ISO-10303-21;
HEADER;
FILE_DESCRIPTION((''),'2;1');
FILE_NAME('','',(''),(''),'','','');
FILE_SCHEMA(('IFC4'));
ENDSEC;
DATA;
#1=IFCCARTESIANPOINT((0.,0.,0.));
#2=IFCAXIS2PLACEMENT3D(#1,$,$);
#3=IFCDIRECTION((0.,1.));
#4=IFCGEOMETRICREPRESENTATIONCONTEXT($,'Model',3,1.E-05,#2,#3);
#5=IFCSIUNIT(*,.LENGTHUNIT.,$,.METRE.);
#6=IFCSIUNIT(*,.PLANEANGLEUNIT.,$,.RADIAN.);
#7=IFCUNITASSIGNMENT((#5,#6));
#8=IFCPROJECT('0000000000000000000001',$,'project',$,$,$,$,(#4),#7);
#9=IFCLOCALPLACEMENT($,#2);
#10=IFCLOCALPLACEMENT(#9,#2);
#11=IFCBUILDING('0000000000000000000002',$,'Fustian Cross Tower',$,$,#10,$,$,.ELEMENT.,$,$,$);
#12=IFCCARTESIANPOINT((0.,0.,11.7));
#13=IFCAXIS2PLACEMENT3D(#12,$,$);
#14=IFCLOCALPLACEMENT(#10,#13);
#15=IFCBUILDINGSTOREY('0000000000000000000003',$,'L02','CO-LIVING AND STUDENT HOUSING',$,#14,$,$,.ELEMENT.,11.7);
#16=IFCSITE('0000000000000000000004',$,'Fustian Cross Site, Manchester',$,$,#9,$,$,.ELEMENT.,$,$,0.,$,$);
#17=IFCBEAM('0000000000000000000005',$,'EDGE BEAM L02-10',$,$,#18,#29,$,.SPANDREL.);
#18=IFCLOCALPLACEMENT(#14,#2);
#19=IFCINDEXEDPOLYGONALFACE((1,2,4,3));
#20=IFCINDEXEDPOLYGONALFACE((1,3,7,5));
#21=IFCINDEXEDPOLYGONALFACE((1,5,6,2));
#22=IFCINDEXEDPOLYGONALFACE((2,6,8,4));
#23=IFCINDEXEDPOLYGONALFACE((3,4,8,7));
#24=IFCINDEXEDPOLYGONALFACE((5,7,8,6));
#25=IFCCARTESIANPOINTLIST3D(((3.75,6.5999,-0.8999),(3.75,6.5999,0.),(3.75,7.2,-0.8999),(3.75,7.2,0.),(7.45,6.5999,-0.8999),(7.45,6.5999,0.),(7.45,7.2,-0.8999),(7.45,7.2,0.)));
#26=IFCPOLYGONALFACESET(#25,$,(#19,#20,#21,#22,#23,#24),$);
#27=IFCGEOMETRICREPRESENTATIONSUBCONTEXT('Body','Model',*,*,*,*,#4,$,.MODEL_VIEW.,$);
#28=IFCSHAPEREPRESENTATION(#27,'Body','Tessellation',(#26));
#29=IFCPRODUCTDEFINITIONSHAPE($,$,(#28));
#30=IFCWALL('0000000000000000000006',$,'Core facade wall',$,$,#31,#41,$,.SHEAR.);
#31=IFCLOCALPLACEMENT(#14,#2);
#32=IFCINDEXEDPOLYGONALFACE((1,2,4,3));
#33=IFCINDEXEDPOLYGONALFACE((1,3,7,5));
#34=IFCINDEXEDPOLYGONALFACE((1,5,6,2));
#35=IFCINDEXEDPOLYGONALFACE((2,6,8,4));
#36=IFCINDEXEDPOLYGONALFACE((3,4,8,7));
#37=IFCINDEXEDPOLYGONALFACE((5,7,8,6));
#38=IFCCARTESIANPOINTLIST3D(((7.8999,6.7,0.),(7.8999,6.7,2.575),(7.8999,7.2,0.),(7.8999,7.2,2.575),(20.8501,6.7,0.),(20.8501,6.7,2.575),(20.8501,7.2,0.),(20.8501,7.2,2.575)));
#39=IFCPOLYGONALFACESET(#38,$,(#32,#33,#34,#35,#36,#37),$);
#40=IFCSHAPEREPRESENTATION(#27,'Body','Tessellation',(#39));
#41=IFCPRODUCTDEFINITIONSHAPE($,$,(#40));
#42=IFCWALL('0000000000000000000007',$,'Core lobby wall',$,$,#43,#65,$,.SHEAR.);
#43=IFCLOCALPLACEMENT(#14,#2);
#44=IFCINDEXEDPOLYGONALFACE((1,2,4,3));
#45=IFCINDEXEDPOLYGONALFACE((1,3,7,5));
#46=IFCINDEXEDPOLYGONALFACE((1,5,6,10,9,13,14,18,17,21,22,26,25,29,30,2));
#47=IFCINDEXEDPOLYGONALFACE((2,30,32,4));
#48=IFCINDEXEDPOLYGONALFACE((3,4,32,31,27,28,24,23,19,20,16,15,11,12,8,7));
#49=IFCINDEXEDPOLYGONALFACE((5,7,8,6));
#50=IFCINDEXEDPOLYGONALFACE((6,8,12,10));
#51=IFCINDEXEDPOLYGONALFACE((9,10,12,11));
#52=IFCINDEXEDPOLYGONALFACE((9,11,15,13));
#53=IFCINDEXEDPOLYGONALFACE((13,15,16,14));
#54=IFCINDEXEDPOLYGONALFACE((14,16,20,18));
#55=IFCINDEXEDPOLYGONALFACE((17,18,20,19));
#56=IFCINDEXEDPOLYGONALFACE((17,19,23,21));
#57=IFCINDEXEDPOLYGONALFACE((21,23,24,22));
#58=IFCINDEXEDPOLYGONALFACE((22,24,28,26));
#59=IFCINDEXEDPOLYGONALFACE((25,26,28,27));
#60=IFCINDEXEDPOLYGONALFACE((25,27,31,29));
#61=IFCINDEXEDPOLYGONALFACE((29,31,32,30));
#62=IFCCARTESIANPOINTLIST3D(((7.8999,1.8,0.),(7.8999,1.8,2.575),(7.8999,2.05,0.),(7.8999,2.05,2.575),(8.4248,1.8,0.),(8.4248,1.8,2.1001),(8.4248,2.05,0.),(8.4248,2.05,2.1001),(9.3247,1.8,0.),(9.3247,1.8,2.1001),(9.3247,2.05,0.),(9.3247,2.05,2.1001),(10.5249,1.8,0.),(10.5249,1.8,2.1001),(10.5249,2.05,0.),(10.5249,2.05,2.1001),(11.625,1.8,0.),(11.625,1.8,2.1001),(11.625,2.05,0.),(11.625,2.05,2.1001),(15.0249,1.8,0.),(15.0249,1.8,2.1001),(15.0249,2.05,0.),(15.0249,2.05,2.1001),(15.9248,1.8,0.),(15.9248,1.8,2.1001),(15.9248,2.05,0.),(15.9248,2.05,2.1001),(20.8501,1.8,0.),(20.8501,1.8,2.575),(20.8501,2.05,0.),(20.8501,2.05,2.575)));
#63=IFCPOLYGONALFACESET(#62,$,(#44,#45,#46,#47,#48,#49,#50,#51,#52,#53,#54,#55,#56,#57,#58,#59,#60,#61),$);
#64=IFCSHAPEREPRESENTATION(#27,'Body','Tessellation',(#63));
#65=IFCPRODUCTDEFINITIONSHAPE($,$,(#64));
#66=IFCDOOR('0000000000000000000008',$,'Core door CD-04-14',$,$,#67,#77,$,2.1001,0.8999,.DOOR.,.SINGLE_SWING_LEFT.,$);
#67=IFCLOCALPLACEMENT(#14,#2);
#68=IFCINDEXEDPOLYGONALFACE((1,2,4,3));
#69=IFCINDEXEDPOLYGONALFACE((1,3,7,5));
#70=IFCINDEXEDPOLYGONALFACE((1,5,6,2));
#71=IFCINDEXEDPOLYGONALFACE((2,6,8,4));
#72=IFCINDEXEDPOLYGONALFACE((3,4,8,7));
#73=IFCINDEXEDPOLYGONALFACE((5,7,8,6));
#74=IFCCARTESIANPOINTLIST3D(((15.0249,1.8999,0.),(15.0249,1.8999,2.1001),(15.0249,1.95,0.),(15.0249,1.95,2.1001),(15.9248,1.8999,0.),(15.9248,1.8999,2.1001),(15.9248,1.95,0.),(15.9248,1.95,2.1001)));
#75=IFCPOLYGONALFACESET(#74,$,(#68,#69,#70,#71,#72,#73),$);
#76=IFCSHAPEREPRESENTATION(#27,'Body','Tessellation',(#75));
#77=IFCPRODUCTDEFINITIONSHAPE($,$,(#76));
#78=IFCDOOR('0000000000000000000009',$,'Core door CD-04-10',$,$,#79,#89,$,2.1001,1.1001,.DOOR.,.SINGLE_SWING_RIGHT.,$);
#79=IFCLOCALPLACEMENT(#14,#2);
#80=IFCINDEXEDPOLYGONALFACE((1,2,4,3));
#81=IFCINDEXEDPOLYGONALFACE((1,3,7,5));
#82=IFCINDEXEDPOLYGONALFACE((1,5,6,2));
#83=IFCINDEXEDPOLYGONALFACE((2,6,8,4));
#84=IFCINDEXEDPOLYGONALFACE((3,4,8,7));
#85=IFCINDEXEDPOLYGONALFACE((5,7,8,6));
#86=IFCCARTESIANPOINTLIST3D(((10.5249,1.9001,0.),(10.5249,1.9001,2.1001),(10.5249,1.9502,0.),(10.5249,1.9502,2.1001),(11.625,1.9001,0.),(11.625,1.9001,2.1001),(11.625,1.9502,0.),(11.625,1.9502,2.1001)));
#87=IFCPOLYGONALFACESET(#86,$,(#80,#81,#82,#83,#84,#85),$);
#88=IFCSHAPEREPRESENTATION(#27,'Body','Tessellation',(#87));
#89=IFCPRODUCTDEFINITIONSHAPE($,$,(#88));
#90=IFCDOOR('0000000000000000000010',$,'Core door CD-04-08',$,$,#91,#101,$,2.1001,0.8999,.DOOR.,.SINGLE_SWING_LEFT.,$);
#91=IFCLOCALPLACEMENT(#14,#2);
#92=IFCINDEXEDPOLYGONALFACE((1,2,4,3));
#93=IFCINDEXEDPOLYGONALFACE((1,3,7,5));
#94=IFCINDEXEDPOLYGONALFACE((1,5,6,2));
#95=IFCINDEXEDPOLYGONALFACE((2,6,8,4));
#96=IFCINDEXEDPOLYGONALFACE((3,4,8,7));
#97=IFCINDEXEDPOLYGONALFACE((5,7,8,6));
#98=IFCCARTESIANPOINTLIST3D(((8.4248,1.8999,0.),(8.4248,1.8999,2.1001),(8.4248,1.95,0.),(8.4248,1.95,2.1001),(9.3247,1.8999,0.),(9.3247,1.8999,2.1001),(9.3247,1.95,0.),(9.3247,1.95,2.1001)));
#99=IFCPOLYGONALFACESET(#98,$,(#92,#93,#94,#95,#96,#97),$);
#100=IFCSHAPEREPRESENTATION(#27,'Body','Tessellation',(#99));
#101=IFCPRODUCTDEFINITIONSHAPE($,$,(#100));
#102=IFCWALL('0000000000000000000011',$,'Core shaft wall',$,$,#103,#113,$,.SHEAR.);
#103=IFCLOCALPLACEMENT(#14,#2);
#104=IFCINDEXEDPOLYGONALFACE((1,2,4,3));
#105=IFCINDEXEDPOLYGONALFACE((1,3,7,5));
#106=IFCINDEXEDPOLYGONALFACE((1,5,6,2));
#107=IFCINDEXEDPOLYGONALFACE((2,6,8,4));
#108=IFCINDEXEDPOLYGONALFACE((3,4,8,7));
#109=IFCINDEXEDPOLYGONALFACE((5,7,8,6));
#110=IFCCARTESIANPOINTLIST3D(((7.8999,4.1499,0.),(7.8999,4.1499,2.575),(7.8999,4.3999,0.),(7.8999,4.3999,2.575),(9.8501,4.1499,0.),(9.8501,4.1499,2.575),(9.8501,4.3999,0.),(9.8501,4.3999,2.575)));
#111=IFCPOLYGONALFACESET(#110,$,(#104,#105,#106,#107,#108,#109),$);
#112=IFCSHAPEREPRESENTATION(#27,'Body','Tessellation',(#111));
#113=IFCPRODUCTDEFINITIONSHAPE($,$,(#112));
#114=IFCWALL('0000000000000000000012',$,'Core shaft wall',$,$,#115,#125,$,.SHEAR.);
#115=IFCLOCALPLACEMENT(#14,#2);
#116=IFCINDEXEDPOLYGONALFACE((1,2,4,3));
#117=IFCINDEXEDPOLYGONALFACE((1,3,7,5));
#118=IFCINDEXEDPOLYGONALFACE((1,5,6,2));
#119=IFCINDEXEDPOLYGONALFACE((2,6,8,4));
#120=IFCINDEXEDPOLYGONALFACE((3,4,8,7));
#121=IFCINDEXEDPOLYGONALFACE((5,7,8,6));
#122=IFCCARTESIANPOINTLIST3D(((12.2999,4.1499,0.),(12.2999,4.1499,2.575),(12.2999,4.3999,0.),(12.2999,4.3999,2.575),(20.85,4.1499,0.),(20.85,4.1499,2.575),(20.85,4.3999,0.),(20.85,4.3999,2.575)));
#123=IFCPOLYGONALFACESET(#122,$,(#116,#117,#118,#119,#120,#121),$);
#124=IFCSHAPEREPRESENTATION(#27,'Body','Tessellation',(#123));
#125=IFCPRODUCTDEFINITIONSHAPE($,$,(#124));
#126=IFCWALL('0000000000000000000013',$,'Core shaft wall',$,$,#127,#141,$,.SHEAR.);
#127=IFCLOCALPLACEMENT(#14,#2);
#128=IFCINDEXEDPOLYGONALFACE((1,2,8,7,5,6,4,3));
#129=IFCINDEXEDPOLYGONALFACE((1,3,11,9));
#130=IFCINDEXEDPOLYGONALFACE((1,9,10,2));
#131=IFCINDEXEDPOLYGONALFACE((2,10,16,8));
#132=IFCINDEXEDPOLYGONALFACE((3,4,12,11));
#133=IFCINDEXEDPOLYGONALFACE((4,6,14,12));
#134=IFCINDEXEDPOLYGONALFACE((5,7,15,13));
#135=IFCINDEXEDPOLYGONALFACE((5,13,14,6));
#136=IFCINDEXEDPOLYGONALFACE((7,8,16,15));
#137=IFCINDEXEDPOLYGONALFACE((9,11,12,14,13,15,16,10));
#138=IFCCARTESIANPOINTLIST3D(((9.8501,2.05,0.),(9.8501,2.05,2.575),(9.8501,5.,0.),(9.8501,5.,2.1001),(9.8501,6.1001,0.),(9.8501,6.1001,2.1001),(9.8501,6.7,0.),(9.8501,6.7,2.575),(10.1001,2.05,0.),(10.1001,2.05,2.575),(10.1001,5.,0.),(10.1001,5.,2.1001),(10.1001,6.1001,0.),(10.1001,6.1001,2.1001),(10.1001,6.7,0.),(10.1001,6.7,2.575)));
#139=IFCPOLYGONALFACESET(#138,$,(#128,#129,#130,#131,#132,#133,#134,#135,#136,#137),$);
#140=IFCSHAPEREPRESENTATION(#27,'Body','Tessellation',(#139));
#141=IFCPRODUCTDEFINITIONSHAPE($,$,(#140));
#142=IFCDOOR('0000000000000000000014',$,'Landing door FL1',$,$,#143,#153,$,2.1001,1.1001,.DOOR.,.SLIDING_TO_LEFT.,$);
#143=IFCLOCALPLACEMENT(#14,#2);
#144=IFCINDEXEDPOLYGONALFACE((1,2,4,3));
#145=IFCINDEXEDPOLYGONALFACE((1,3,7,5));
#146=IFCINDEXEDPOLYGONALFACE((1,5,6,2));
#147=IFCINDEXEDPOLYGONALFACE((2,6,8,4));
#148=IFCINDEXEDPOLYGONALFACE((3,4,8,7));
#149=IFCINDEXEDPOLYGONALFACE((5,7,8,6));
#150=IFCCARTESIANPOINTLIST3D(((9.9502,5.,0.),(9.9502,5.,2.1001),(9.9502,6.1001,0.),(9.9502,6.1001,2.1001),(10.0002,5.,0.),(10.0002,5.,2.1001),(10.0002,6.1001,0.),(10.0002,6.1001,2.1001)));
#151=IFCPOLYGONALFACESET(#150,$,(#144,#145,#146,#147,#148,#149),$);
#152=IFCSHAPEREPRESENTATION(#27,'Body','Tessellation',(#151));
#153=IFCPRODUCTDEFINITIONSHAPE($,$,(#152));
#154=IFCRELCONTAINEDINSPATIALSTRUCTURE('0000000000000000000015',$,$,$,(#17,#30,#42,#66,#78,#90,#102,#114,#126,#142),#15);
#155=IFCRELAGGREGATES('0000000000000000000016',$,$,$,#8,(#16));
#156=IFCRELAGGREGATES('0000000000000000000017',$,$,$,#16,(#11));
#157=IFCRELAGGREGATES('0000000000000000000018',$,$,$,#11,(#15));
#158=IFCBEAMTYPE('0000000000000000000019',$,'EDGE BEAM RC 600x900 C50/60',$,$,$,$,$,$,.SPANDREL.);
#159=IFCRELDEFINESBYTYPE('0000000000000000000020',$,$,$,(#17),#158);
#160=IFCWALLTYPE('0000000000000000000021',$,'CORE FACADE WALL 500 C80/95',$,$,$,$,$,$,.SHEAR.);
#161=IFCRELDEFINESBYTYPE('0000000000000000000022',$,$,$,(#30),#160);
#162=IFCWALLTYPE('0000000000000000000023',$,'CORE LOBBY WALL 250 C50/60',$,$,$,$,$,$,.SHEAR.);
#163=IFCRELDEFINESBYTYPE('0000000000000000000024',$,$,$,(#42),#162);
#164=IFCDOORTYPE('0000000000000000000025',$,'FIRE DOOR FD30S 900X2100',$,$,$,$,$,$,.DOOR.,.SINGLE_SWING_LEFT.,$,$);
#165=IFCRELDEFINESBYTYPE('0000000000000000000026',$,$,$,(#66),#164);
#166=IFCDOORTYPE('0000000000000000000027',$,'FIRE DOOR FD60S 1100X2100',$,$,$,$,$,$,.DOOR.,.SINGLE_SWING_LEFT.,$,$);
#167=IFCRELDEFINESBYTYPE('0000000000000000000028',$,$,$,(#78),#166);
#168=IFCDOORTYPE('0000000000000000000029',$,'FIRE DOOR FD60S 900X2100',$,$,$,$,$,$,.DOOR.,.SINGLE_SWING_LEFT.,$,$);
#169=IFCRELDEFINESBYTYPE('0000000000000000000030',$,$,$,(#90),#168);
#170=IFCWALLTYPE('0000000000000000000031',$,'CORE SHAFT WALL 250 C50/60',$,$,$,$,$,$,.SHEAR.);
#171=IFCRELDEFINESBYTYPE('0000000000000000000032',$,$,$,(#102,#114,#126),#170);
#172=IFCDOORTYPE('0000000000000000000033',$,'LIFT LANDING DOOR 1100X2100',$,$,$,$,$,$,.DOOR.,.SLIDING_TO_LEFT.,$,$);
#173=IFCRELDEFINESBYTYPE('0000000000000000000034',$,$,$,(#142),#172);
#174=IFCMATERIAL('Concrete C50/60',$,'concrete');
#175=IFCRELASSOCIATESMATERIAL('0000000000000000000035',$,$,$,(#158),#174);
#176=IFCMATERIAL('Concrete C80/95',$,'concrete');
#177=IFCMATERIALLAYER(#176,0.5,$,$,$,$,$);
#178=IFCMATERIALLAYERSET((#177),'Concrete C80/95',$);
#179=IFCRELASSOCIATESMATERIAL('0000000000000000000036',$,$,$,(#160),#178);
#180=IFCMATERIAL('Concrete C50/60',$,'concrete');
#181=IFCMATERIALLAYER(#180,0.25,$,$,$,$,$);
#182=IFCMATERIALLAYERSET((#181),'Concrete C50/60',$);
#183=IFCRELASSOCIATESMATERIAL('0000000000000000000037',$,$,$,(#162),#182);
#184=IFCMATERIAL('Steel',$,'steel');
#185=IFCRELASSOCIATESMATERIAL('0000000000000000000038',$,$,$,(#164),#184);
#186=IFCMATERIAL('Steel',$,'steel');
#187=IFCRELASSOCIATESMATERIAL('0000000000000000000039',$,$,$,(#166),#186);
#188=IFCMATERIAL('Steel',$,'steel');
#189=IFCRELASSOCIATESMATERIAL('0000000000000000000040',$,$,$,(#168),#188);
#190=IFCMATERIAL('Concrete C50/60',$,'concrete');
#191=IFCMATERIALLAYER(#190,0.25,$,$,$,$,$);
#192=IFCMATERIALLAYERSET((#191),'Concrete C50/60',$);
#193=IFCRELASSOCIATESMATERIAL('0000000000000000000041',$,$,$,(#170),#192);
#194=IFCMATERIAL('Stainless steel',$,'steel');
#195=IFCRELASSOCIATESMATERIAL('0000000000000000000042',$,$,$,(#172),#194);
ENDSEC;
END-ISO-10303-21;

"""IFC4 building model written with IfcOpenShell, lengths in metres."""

from ifc_helpers import new_model, si_unit, direction, frame, frame_2d, origin, origin_2d, place, context, subcontext, project, spatial, rectangle, extrude, material, layer, layer_set, material_profile, profile_set, type_object, element, fill, save


model = new_model("IFC4")

# Units and contexts
model_context = context("Model", 3, precision=1e-05, world=origin(), true_north=direction((0.0, 1.0)))
body_context = subcontext(model_context, "Body", "Model", "MODEL_VIEW")
ifc_project = project(units=[si_unit("LENGTHUNIT", "METRE"), si_unit("PLANEANGLEUNIT", "RADIAN")], contexts=[model_context])

# Site, building, storey
site_placement = place(None, origin())
site = spatial("IfcSite", under=ifc_project, at=site_placement, Name="Fustian Cross Site, Manchester", CompositionType="ELEMENT", RefElevation=0.0)
building_placement = place(site_placement, origin())
building = spatial("IfcBuilding", under=site, at=building_placement, Name="Fustian Cross Tower", CompositionType="ELEMENT")
storey_placement = place(building_placement, frame((0.0, 0.0, 11.7)))
storey = spatial("IfcBuildingStorey", under=building, at=storey_placement, Name="L02", Description="CO-LIVING AND STUDENT HOUSING", CompositionType="ELEMENT", Elevation=11.7)

# Beam
ifc_material_1 = material(Name="Concrete C50/60", Category="concrete")
ifc_material_profile = material_profile(ifc_material_1, rectangle(XDim=0.6001, YDim=0.8999, at=origin_2d()), Name="RC 600x900")
ifc_profile_set = profile_set([ifc_material_profile], Name="Concrete C50/60")
beam_type = type_object("IfcBeamType", Name="EDGE BEAM RC 600x900 C50/60", PredefinedType="SPANDREL", material=ifc_profile_set)
beam_placement = place(storey_placement, frame((7.45, 6.8999, -0.45), z_axis=(-1.0, 0.0, 0.0), x_axis=(0.0, -1.0, 0.0)))
element("IfcBeam", 1, at=beam_placement, inside=storey, type_object=beam_type, Name="EDGE BEAM L02-10", PredefinedType="SPANDREL", context=body_context, shape_type="SweptSolid", body=[
    extrude(rectangle(XDim=0.6001, YDim=0.8999, at=origin_2d()), origin(), (0.0, 0.0, 1.0), 3.7),
])

# Wall
ifc_material_2 = material(Name="Concrete C80/95", Category="concrete")
ifc_layer_1 = layer(ifc_material_2, 0.5)
ifc_layer_set_1 = layer_set([ifc_layer_1], Name="Concrete C80/95")
wall_type_1 = type_object("IfcWallType", Name="CORE FACADE WALL 500 C80/95", PredefinedType="SHEAR", material=ifc_layer_set_1)
wall_1_placement = place(storey_placement, frame((7.8999, 6.95, 0.0), z_axis=(0.0, 0.0, 1.0), x_axis=(1.0, 0.0, 0.0)))
element("IfcWall", 2, at=wall_1_placement, inside=storey, type_object=wall_type_1, Name="Core facade wall", PredefinedType="SHEAR", context=body_context, shape_type="SweptSolid", body=[
    extrude(rectangle(XDim=12.9502, YDim=0.5, at=frame_2d((6.4751, 0.0))), origin(), (0.0, 0.0, 1.0), 2.575),
])

# Wall, openings, doors
ifc_material_3 = material(Name="Concrete C50/60", Category="concrete")
ifc_layer_2 = layer(ifc_material_3, 0.25)
ifc_layer_set_2 = layer_set([ifc_layer_2], Name="Concrete C50/60")
wall_type_2 = type_object("IfcWallType", Name="CORE LOBBY WALL 250 C50/60", PredefinedType="SHEAR", material=ifc_layer_set_2)
wall_2_placement = place(storey_placement, frame((7.8999, 1.925, 0.0), z_axis=(0.0, 0.0, 1.0), x_axis=(1.0, 0.0, 0.0)))
wall_2 = element("IfcWall", 3, at=wall_2_placement, inside=storey, type_object=wall_type_2, Name="Core lobby wall", PredefinedType="SHEAR", context=body_context, shape_type="SweptSolid", body=[
    extrude(rectangle(XDim=12.9502, YDim=0.25, at=frame_2d((6.4751, 0.0))), origin(), (0.0, 0.0, 1.0), 2.575),
])
opening_1_placement = place(wall_2_placement, frame((0.5249, 0.0, 0.0)))
opening_1 = element("IfcOpeningElement", 4, at=opening_1_placement, cuts=wall_2, PredefinedType="OPENING", context=body_context, shape_type="SweptSolid", body=[
    extrude(rectangle(XDim=0.8999, YDim=2.1001, at=frame_2d((0.45, 1.05))), frame((0.0, 0.135, 0.0), z_axis=(0.0, -1.0, 0.0), x_axis=(1.0, 0.0, 0.0)), (0.0, 0.0, 1.0), 0.27),
])
opening_2_placement = place(wall_2_placement, frame((2.625, 0.0, 0.0)))
opening_2 = element("IfcOpeningElement", 5, at=opening_2_placement, cuts=wall_2, PredefinedType="OPENING", context=body_context, shape_type="SweptSolid", body=[
    extrude(rectangle(XDim=1.1001, YDim=2.1001, at=frame_2d((0.55, 1.05))), frame((0.0, 0.135, 0.0), z_axis=(0.0, -1.0, 0.0), x_axis=(1.0, 0.0, 0.0)), (0.0, 0.0, 1.0), 0.27),
])
opening_3_placement = place(wall_2_placement, frame((7.125, 0.0, 0.0)))
opening_3 = element("IfcOpeningElement", 6, at=opening_3_placement, cuts=wall_2, PredefinedType="OPENING", context=body_context, shape_type="SweptSolid", body=[
    extrude(rectangle(XDim=0.8999, YDim=2.1001, at=frame_2d((0.45, 1.05))), frame((0.0, 0.135, 0.0), z_axis=(0.0, -1.0, 0.0), x_axis=(1.0, 0.0, 0.0)), (0.0, 0.0, 1.0), 0.27),
])
ifc_material_4 = material(Name="Steel", Category="steel")
door_type_1 = type_object("IfcDoorType", Name="FIRE DOOR FD30S 900X2100", OperationType="SINGLE_SWING_LEFT", PredefinedType="DOOR", material=ifc_material_4)
door_1_placement = place(opening_3_placement, origin())
door_1 = element("IfcDoor", 7, at=door_1_placement, inside=storey, type_object=door_type_1, Name="Core door CD-04-14", OperationType="SINGLE_SWING_LEFT", OverallHeight=2.1001, OverallWidth=0.8999, PredefinedType="DOOR", context=body_context, shape_type="SweptSolid", body=[
    extrude(rectangle(XDim=0.8999, YDim=2.1001, at=frame_2d((0.45, 1.05))), frame((0.0, 0.0249, 0.0), z_axis=(0.0, -1.0, 0.0), x_axis=(1.0, 0.0, 0.0)), (0.0, 0.0, 1.0), 0.05),
])
fill(opening_3, door_1)
ifc_material_5 = material(Name="Steel", Category="steel")
door_type_2 = type_object("IfcDoorType", Name="FIRE DOOR FD60S 1100X2100", OperationType="SINGLE_SWING_LEFT", PredefinedType="DOOR", material=ifc_material_5)
door_2_placement = place(opening_2_placement, frame((1.1001, 0.0, 0.0), z_axis=(0.0, 0.0, 1.0), x_axis=(-1.0, 0.0, 0.0)))
door_2 = element("IfcDoor", 8, at=door_2_placement, inside=storey, type_object=door_type_2, Name="Core door CD-04-10", OperationType="SINGLE_SWING_RIGHT", OverallHeight=2.1001, OverallWidth=1.1001, PredefinedType="DOOR", context=body_context, shape_type="SweptSolid", body=[
    extrude(rectangle(XDim=1.1001, YDim=2.1001, at=frame_2d((0.55, 1.05))), frame((0.0, 0.0249, 0.0), z_axis=(0.0, -1.0, 0.0), x_axis=(1.0, 0.0, 0.0)), (0.0, 0.0, 1.0), 0.05),
])
fill(opening_2, door_2)
ifc_material_6 = material(Name="Steel", Category="steel")
door_type_3 = type_object("IfcDoorType", Name="FIRE DOOR FD60S 900X2100", OperationType="SINGLE_SWING_LEFT", PredefinedType="DOOR", material=ifc_material_6)
door_3_placement = place(opening_1_placement, origin())
door_3 = element("IfcDoor", 9, at=door_3_placement, inside=storey, type_object=door_type_3, Name="Core door CD-04-08", OperationType="SINGLE_SWING_LEFT", OverallHeight=2.1001, OverallWidth=0.8999, PredefinedType="DOOR", context=body_context, shape_type="SweptSolid", body=[
    extrude(rectangle(XDim=0.8999, YDim=2.1001, at=frame_2d((0.45, 1.05))), frame((0.0, 0.0249, 0.0), z_axis=(0.0, -1.0, 0.0), x_axis=(1.0, 0.0, 0.0)), (0.0, 0.0, 1.0), 0.05),
])
fill(opening_1, door_3)

# Walls
ifc_material_7 = material(Name="Concrete C50/60", Category="concrete")
ifc_layer_3 = layer(ifc_material_7, 0.25)
ifc_layer_set_3 = layer_set([ifc_layer_3], Name="Concrete C50/60")
wall_type_3 = type_object("IfcWallType", Name="CORE SHAFT WALL 250 C50/60", PredefinedType="SHEAR", material=ifc_layer_set_3)
wall_3_placement = place(storey_placement, frame((7.8999, 4.2749, 0.0), z_axis=(0.0, 0.0, 1.0), x_axis=(1.0, 0.0, 0.0)))
element("IfcWall", 10, at=wall_3_placement, inside=storey, type_object=wall_type_3, Name="Core shaft wall", PredefinedType="SHEAR", context=body_context, shape_type="SweptSolid", body=[
    extrude(rectangle(XDim=1.9502, YDim=0.25, at=frame_2d((0.9751, 0.0))), origin(), (0.0, 0.0, 1.0), 2.575),
])
wall_4_placement = place(storey_placement, frame((12.3, 4.2749, 0.0), z_axis=(0.0, 0.0, 1.0), x_axis=(1.0, 0.0, 0.0)))
element("IfcWall", 11, at=wall_4_placement, inside=storey, type_object=wall_type_3, Name="Core shaft wall", PredefinedType="SHEAR", context=body_context, shape_type="SweptSolid", body=[
    extrude(rectangle(XDim=8.55, YDim=0.25, at=frame_2d((4.2749, 0.0))), origin(), (0.0, 0.0, 1.0), 2.575),
])

# Wall, opening, door
wall_5_placement = place(storey_placement, frame((9.9751, 2.05, 0.0), z_axis=(0.0, 0.0, 1.0), x_axis=(0.0, 1.0, 0.0)))
wall_5 = element("IfcWall", 12, at=wall_5_placement, inside=storey, type_object=wall_type_3, Name="Core shaft wall", PredefinedType="SHEAR", context=body_context, shape_type="SweptSolid", body=[
    extrude(rectangle(XDim=4.6499, YDim=0.25, at=frame_2d((2.325, 0.0))), origin(), (0.0, 0.0, 1.0), 2.575),
])
opening_4_placement = place(wall_5_placement, frame((2.95, 0.0, 0.0)))
opening_4 = element("IfcOpeningElement", 13, at=opening_4_placement, cuts=wall_5, PredefinedType="OPENING", context=body_context, shape_type="SweptSolid", body=[
    extrude(rectangle(XDim=1.1001, YDim=2.1001, at=frame_2d((0.55, 1.05))), frame((0.0, 0.135, 0.0), z_axis=(0.0, -1.0, 0.0), x_axis=(1.0, 0.0, 0.0)), (0.0, 0.0, 1.0), 0.27),
])
ifc_material_8 = material(Name="Stainless steel", Category="steel")
door_type_4 = type_object("IfcDoorType", Name="LIFT LANDING DOOR 1100X2100", OperationType="SLIDING_TO_LEFT", PredefinedType="DOOR", material=ifc_material_8)
door_4_placement = place(opening_4_placement, origin())
door_4 = element("IfcDoor", 14, at=door_4_placement, inside=storey, type_object=door_type_4, Name="Landing door FL1", OperationType="SLIDING_TO_LEFT", OverallHeight=2.1001, OverallWidth=1.1001, PredefinedType="DOOR", context=body_context, shape_type="SweptSolid", body=[
    extrude(rectangle(XDim=1.1001, YDim=2.1001, at=frame_2d((0.55, 1.05))), frame((0.0, 0.0249, 0.0), z_axis=(0.0, -1.0, 0.0), x_axis=(1.0, 0.0, 0.0)), (0.0, 0.0, 1.0), 0.05),
])
fill(opening_4, door_4)

save(model, "model.ifc")
